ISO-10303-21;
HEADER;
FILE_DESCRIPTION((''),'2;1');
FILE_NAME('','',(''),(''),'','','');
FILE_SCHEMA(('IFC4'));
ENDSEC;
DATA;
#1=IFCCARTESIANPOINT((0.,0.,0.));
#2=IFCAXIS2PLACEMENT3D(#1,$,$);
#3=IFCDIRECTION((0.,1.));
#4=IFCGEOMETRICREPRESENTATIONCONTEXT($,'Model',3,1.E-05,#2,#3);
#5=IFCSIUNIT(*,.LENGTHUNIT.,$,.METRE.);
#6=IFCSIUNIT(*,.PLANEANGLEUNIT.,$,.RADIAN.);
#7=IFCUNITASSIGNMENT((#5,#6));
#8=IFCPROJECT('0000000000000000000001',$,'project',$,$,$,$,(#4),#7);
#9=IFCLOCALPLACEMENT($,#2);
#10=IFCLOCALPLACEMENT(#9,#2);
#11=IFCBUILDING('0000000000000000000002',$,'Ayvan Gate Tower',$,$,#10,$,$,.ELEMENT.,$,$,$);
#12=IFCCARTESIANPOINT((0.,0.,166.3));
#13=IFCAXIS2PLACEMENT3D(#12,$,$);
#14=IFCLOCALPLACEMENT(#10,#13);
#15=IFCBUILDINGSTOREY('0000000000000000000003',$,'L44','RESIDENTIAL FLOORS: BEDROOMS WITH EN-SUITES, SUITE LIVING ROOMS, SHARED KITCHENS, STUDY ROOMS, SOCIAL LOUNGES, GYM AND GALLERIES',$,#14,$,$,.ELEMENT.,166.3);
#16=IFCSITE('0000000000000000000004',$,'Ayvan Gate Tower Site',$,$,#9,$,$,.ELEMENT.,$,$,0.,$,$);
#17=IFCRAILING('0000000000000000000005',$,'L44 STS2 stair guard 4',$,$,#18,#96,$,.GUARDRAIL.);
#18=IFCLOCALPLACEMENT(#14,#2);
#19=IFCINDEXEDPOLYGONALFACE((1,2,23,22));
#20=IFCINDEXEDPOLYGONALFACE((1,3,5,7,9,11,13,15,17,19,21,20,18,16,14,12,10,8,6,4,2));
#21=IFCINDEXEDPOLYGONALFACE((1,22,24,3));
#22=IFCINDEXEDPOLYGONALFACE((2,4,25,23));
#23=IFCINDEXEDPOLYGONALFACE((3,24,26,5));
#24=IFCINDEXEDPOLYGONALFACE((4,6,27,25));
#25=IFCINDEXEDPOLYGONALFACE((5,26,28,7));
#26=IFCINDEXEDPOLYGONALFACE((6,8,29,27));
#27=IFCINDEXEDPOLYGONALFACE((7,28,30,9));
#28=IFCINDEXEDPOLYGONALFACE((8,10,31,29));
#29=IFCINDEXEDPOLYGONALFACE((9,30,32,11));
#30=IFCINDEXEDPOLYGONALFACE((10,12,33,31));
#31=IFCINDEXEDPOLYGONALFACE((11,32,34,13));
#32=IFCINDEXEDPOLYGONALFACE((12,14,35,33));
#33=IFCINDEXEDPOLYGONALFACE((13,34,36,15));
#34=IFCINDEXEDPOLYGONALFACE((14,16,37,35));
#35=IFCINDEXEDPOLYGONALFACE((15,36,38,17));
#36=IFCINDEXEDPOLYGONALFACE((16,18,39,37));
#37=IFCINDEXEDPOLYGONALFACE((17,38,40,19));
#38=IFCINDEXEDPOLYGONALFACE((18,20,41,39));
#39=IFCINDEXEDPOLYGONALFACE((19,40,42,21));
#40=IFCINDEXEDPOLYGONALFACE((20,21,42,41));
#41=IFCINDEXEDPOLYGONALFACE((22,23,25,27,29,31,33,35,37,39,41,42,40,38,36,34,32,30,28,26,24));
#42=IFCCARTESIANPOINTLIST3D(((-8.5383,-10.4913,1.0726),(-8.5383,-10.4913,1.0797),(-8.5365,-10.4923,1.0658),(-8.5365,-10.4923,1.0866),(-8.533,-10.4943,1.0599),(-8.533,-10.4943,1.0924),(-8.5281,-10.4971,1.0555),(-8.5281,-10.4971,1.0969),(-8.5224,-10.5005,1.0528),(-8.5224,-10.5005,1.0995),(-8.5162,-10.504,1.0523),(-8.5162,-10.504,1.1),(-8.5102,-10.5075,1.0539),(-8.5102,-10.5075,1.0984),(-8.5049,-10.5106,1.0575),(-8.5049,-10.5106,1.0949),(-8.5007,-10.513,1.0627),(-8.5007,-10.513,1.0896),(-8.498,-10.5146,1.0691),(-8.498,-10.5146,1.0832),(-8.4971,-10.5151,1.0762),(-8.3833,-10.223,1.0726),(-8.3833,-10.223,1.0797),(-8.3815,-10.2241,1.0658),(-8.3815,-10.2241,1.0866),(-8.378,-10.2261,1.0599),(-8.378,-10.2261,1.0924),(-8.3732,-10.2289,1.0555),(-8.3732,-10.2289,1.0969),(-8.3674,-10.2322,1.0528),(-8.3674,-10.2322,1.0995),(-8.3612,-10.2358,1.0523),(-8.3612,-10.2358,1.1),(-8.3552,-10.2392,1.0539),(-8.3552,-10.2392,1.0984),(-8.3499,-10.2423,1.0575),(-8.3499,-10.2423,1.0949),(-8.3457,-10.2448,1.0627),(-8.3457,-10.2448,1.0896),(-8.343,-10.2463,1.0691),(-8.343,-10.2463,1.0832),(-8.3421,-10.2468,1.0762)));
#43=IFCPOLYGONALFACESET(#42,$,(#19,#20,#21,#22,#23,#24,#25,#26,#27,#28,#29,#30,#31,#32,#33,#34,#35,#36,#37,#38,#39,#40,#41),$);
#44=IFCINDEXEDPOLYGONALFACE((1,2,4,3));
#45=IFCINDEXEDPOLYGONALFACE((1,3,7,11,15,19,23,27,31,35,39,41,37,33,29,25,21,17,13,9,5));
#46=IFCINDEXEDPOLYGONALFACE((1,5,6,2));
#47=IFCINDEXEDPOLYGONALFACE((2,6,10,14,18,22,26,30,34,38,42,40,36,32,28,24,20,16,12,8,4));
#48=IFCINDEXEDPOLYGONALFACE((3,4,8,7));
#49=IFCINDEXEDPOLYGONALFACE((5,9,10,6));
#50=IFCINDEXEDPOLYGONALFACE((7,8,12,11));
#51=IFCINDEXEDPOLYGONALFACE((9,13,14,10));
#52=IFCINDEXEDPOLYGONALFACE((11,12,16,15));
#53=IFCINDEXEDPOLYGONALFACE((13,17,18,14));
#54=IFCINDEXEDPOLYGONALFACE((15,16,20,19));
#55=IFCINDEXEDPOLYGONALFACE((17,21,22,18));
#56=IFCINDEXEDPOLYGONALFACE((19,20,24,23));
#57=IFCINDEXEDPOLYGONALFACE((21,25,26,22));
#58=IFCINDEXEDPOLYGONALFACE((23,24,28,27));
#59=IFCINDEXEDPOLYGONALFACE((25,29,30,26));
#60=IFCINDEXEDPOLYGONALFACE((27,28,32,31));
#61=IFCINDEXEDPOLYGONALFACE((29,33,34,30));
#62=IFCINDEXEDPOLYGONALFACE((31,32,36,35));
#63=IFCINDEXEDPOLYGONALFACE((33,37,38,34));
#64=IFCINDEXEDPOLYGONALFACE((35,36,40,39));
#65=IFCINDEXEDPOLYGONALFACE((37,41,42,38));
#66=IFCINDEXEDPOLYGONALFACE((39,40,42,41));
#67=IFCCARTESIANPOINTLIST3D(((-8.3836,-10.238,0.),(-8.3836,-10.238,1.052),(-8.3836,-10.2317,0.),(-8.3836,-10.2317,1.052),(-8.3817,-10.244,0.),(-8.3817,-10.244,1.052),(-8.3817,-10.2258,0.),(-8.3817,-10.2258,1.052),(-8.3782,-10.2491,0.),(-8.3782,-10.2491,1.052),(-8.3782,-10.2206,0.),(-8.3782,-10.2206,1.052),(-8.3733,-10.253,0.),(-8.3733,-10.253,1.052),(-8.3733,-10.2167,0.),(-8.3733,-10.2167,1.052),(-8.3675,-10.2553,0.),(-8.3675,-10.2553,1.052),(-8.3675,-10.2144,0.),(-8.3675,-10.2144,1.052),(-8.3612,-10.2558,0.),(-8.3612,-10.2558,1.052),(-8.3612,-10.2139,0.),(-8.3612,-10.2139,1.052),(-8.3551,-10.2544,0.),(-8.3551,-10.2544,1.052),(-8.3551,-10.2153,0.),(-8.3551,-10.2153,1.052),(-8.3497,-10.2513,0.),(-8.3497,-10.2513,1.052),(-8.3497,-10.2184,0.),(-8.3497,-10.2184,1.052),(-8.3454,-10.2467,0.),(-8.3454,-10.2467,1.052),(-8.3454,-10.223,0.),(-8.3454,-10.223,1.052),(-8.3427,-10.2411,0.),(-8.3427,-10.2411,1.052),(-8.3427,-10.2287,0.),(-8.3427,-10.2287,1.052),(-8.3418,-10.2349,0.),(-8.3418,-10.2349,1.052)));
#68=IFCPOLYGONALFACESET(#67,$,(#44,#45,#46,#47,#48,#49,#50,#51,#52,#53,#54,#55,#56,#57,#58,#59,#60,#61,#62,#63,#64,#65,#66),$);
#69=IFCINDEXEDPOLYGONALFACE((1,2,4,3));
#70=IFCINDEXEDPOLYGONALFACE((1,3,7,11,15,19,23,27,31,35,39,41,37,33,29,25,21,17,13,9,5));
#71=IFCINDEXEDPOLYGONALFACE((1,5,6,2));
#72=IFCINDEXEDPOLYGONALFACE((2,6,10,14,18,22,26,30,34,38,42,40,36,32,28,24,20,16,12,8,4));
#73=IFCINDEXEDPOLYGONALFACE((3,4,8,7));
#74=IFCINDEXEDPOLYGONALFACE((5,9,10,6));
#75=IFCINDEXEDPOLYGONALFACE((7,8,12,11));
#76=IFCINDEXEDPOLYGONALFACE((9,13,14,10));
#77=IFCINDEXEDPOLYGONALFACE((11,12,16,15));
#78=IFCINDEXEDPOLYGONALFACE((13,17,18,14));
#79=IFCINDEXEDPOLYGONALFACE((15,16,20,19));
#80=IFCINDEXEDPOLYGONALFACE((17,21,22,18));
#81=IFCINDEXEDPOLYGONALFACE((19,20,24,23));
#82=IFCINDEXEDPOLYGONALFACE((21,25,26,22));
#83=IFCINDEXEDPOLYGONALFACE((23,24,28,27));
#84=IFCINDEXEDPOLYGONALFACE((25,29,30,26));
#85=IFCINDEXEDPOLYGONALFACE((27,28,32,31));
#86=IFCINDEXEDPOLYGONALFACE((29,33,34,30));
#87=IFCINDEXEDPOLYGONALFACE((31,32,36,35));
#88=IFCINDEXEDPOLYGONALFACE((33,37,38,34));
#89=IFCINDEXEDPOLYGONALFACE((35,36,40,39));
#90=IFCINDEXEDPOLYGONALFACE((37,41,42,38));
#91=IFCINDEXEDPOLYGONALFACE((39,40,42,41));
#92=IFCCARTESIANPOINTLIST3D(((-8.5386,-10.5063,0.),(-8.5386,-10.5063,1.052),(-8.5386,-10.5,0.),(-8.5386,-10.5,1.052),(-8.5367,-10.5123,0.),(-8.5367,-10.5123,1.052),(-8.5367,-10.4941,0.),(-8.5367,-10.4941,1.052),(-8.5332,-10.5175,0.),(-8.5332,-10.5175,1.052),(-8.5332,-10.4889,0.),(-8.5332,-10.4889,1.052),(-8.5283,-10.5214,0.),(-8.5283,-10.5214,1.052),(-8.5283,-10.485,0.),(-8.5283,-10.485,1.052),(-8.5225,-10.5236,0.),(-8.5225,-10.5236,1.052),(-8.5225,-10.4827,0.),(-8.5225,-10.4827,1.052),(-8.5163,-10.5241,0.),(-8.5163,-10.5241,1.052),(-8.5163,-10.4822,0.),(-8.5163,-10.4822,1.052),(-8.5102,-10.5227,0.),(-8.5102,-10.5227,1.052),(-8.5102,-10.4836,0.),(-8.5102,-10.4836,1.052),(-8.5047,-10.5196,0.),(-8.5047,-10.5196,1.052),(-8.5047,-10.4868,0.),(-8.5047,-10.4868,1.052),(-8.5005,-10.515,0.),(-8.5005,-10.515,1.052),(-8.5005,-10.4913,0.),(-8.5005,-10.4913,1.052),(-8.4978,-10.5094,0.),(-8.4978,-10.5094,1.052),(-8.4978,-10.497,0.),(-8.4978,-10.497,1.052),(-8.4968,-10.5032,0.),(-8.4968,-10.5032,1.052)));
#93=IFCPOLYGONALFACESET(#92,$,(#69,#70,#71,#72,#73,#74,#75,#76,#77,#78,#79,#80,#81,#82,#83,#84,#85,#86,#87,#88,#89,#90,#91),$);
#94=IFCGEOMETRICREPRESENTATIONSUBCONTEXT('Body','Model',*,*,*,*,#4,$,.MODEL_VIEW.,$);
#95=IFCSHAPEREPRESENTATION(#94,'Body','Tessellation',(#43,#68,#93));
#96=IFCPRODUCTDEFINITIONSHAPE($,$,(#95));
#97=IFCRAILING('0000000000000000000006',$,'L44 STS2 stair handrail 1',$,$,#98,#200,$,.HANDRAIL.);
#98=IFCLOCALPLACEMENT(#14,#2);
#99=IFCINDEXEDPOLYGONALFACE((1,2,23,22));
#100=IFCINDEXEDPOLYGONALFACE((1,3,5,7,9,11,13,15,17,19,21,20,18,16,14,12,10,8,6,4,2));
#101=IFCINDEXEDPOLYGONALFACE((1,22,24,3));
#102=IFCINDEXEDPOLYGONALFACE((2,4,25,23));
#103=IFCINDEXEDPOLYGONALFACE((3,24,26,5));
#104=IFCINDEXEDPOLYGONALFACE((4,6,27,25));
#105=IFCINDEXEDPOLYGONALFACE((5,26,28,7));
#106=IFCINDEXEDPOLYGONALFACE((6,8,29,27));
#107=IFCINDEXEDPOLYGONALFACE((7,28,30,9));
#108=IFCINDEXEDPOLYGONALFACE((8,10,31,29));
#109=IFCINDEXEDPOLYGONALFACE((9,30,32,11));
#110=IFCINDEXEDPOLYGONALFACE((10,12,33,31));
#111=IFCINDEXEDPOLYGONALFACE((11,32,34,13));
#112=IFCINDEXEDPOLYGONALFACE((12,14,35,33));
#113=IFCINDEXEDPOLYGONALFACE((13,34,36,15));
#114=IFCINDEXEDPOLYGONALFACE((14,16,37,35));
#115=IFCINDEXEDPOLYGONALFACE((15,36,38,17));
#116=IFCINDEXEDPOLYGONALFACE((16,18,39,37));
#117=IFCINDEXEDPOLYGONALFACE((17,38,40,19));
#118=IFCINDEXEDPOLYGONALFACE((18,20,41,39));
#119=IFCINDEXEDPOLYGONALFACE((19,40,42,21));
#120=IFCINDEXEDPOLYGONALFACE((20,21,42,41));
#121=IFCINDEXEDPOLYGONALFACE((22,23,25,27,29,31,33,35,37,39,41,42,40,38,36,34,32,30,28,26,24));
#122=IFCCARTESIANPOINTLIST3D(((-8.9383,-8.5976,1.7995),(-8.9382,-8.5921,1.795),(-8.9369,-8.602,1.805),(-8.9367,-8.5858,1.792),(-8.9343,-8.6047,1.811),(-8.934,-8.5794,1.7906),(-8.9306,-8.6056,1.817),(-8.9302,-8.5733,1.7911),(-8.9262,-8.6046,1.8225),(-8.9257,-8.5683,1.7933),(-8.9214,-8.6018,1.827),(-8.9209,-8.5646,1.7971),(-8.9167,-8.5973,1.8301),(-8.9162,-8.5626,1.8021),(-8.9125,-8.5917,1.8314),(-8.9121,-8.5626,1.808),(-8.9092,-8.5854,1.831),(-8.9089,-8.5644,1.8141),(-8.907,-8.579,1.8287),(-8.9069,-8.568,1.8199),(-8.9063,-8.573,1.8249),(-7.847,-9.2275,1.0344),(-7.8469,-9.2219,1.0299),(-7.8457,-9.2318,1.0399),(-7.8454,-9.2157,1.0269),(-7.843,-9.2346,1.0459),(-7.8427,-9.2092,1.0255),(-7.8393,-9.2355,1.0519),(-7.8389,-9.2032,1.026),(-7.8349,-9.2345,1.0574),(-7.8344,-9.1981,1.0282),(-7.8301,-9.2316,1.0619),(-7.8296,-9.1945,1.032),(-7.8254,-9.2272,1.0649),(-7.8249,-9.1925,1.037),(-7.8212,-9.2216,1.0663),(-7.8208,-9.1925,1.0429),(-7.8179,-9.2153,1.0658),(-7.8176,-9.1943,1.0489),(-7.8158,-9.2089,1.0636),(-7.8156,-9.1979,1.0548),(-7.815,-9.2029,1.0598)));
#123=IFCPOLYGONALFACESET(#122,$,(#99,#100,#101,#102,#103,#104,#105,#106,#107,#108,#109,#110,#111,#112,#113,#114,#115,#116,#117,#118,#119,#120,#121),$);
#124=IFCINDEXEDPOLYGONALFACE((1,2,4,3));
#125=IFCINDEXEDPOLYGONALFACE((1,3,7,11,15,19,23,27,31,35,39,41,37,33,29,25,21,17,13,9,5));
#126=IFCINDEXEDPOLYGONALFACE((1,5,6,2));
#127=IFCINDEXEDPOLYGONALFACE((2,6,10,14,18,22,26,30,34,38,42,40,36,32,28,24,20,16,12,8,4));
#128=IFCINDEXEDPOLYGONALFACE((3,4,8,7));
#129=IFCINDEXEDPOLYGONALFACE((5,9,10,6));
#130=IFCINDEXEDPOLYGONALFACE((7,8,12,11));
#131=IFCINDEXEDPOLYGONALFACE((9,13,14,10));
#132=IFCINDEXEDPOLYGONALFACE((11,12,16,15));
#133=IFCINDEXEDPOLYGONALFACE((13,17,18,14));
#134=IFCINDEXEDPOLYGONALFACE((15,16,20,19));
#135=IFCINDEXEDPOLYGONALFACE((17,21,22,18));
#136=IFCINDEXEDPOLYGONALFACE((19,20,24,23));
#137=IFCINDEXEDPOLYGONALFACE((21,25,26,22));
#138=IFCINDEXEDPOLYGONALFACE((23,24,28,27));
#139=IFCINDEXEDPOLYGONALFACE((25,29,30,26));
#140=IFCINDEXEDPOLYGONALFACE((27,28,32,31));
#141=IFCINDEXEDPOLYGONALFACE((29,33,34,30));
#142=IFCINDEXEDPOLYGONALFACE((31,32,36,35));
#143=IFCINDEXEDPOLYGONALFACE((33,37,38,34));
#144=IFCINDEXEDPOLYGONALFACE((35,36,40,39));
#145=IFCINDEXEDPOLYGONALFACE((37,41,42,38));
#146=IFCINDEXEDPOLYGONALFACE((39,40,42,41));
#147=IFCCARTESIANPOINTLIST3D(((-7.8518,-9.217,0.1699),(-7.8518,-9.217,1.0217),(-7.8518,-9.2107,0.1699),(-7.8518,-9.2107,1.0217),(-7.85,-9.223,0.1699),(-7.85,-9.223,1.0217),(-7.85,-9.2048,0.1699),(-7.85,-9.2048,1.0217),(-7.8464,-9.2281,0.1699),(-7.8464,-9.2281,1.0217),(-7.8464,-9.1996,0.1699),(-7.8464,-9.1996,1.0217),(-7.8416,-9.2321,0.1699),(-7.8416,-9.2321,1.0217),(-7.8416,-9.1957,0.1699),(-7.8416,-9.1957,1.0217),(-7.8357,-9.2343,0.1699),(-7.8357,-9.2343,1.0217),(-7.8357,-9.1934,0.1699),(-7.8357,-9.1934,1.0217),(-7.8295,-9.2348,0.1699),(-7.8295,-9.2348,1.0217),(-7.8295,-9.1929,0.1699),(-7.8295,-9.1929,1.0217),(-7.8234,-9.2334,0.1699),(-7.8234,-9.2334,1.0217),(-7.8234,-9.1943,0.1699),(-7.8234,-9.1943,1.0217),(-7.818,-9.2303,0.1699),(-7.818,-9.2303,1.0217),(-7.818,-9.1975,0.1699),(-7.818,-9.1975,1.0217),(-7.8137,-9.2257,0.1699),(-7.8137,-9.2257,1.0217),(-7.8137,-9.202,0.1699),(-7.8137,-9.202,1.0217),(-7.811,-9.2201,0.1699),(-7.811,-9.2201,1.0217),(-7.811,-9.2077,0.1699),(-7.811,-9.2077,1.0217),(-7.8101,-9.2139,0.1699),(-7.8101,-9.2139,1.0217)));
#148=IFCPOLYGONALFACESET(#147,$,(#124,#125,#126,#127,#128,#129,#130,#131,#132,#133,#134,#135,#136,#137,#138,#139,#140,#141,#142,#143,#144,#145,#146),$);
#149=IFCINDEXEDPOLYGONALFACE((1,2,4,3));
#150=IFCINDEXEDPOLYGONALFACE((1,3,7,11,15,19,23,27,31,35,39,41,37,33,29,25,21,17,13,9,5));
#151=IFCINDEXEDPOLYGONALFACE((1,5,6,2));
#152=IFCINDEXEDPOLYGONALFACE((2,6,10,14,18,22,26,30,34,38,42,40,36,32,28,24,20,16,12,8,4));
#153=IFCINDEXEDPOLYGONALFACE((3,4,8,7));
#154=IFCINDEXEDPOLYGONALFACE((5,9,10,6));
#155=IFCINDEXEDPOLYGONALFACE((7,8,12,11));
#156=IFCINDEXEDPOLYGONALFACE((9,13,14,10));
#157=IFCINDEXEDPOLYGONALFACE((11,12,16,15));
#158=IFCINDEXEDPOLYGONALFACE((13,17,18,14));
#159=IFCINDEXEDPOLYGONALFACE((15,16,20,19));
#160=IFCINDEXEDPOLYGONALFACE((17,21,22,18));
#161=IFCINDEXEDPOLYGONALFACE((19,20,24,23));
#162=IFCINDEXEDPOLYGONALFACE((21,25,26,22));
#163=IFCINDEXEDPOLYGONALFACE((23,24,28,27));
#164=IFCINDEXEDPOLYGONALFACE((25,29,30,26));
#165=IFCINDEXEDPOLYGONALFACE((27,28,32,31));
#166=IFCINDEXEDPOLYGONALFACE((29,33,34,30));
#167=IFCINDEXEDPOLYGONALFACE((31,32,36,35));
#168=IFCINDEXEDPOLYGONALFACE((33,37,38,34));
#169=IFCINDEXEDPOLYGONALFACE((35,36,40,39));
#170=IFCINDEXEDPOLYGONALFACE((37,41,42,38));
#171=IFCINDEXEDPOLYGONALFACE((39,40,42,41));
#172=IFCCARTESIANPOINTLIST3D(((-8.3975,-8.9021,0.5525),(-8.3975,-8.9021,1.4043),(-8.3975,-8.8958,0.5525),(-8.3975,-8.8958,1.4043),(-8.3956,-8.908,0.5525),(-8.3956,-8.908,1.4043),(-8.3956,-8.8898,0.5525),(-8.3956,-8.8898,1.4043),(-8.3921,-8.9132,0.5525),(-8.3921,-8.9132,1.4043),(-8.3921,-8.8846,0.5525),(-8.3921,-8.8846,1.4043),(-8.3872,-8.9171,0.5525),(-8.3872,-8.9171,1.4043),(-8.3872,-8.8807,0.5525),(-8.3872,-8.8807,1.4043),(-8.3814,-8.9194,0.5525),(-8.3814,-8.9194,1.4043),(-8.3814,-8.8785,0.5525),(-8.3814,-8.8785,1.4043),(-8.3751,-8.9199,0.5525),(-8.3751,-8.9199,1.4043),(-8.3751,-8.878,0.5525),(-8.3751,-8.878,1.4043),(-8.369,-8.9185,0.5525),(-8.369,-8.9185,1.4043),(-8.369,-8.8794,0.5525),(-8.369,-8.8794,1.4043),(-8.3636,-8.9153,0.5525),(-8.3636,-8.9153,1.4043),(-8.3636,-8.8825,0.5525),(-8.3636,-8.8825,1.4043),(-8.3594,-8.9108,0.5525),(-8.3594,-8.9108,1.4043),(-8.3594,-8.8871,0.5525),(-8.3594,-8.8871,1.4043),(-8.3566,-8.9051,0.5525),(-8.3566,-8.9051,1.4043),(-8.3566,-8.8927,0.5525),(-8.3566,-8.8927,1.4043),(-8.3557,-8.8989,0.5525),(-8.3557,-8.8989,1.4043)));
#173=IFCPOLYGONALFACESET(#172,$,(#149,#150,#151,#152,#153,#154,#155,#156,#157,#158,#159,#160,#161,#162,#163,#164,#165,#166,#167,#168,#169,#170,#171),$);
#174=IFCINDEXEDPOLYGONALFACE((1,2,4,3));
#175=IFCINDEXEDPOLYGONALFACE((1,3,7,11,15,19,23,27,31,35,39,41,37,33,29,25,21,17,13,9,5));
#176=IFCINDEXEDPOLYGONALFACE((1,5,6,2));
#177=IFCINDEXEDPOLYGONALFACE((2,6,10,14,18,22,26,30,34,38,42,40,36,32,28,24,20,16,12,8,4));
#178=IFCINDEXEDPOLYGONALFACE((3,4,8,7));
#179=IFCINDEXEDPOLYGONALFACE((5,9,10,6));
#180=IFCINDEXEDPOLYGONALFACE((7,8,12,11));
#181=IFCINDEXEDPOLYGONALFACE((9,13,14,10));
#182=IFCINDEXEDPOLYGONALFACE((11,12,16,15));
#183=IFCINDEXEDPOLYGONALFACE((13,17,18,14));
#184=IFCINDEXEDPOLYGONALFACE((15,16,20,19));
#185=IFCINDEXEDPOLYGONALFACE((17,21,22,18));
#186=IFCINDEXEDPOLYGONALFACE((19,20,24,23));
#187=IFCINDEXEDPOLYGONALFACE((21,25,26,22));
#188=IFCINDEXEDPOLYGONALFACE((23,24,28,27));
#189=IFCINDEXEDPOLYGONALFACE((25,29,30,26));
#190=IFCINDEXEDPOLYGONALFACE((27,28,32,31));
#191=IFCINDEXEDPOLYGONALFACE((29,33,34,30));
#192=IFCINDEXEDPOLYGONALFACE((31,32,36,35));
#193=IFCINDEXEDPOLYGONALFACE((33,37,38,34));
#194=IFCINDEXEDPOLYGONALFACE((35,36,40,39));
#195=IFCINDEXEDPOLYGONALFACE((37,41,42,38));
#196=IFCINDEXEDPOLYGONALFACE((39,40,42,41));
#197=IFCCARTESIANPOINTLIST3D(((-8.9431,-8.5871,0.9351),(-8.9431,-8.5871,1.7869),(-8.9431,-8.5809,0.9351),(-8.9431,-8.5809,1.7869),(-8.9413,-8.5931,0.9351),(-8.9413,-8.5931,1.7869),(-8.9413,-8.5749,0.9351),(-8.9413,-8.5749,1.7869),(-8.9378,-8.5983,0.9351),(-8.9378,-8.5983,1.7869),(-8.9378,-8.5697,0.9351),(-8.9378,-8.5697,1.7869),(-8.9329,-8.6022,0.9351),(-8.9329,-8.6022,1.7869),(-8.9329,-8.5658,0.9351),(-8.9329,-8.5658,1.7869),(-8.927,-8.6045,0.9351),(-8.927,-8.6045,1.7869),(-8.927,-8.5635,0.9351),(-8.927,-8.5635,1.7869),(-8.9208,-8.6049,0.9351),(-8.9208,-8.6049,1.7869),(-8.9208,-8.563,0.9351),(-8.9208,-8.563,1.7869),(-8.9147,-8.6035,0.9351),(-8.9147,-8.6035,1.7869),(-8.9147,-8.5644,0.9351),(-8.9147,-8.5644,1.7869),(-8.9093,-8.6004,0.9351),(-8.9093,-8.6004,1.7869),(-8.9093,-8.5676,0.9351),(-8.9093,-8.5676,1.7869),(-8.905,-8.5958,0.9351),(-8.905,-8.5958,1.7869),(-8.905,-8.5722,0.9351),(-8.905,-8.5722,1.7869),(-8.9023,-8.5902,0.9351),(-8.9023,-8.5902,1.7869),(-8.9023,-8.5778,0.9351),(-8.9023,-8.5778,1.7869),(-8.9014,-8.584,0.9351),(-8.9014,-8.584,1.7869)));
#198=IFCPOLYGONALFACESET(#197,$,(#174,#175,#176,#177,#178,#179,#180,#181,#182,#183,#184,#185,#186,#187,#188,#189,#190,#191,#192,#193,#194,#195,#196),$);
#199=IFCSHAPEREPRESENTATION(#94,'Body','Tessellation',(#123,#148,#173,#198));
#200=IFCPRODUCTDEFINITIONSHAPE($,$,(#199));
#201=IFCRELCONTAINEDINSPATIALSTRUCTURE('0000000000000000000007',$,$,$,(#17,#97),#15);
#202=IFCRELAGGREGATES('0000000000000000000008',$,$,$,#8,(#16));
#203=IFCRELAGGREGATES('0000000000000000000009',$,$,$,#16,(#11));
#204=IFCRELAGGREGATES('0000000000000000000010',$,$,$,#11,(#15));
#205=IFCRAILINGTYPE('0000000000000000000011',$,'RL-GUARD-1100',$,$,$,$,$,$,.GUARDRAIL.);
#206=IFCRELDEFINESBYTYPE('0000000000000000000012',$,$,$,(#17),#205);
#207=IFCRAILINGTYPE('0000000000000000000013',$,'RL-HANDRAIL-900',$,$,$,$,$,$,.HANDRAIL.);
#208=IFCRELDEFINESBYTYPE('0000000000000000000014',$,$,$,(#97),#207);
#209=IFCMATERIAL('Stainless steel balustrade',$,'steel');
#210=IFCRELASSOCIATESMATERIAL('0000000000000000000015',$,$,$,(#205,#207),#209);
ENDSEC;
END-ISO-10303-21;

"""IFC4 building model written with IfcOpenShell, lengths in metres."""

from ifc_helpers import new_model, si_unit, direction, frame, origin, origin_2d, place, context, subcontext, project, spatial, circle, extrude, material, type_object, element, save


model = new_model("IFC4")

# Units and contexts
model_context = context("Model", 3, precision=1e-05, world=origin(), true_north=direction((0.0, 1.0)))
body_context = subcontext(model_context, "Body", "Model", "MODEL_VIEW")
ifc_project = project(units=[si_unit("LENGTHUNIT", "METRE"), si_unit("PLANEANGLEUNIT", "RADIAN")], contexts=[model_context])

# Site, building, storey
site_placement = place(None, origin())
site = spatial("IfcSite", under=ifc_project, at=site_placement, Name="Ayvan Gate Tower Site", CompositionType="ELEMENT", RefElevation=0.0)
building_placement = place(site_placement, origin())
building = spatial("IfcBuilding", under=site, at=building_placement, Name="Ayvan Gate Tower", CompositionType="ELEMENT")
storey_placement = place(building_placement, frame((0.0, 0.0, 166.3)))
storey = spatial("IfcBuildingStorey", under=building, at=storey_placement, Name="L44", Description="RESIDENTIAL FLOORS: BEDROOMS WITH EN-SUITES, SUITE LIVING ROOMS, SHARED KITCHENS, STUDY ROOMS, SOCIAL LOUNGES, GYM AND GALLERIES", CompositionType="ELEMENT", Elevation=166.3)

# Railings
ifc_material_1 = material(Name="Stainless steel balustrade", Category="steel")
railing_type_1 = type_object("IfcRailingType", Name="RL-GUARD-1100", PredefinedType="GUARDRAIL", material=ifc_material_1)
railing_1_placement = place(storey_placement, frame((-8.3628, -10.2349, 0.0)))
element("IfcRailing", 1, at=railing_1_placement, inside=storey, type_object=railing_type_1, Name="L44 STS2 stair guard 4", PredefinedType="GUARDRAIL", context=body_context, shape_type="SweptSolid", body=[
    extrude(circle(Radius=0.0239, at=origin_2d()), frame((0.0, 0.0, 1.0762), z_axis=(-0.500291, -0.865857, 0.0), x_axis=(0.865857, -0.500291, 0.0)), (0.0, 0.0, 1.0), 0.3098),
    extrude(circle(Radius=0.021, at=origin_2d()), origin(), (0.0, 0.0, 1.0), 1.052),
    extrude(circle(Radius=0.021, at=origin_2d()), frame((-0.155, -0.2683, 0.0)), (0.0, 0.0, 1.0), 1.052),
])
railing_type_2 = type_object("IfcRailingType", Name="RL-HANDRAIL-900", PredefinedType="HANDRAIL", material=ifc_material_1)
railing_2_placement = place(storey_placement, frame((-7.8311, -9.2139, 0.1699)))
element("IfcRailing", 2, at=railing_2_placement, inside=storey, type_object=railing_type_2, Name="L44 STS2 stair handrail 1", PredefinedType="HANDRAIL", context=body_context, shape_type="SweptSolid", body=[
    extrude(circle(Radius=0.0239, at=origin_2d()), frame((0.0, 0.0, 0.876), z_axis=(-0.740293, 0.427283, 0.519033), x_axis=(-0.49989, -0.866089, 0.0)), (0.0, 0.0, 1.0), 1.4741),
    extrude(circle(Radius=0.021, at=origin_2d()), origin(), (0.0, 0.0, 1.0), 0.8518),
    extrude(circle(Radius=0.021, at=origin_2d()), frame((-0.5457, 0.3149, 0.3826)), (0.0, 0.0, 1.0), 0.8518),
    extrude(circle(Radius=0.021, at=origin_2d()), frame((-1.0913, 0.6299, 0.7651)), (0.0, 0.0, 1.0), 0.8518),
])

save(model, "model.ifc")
